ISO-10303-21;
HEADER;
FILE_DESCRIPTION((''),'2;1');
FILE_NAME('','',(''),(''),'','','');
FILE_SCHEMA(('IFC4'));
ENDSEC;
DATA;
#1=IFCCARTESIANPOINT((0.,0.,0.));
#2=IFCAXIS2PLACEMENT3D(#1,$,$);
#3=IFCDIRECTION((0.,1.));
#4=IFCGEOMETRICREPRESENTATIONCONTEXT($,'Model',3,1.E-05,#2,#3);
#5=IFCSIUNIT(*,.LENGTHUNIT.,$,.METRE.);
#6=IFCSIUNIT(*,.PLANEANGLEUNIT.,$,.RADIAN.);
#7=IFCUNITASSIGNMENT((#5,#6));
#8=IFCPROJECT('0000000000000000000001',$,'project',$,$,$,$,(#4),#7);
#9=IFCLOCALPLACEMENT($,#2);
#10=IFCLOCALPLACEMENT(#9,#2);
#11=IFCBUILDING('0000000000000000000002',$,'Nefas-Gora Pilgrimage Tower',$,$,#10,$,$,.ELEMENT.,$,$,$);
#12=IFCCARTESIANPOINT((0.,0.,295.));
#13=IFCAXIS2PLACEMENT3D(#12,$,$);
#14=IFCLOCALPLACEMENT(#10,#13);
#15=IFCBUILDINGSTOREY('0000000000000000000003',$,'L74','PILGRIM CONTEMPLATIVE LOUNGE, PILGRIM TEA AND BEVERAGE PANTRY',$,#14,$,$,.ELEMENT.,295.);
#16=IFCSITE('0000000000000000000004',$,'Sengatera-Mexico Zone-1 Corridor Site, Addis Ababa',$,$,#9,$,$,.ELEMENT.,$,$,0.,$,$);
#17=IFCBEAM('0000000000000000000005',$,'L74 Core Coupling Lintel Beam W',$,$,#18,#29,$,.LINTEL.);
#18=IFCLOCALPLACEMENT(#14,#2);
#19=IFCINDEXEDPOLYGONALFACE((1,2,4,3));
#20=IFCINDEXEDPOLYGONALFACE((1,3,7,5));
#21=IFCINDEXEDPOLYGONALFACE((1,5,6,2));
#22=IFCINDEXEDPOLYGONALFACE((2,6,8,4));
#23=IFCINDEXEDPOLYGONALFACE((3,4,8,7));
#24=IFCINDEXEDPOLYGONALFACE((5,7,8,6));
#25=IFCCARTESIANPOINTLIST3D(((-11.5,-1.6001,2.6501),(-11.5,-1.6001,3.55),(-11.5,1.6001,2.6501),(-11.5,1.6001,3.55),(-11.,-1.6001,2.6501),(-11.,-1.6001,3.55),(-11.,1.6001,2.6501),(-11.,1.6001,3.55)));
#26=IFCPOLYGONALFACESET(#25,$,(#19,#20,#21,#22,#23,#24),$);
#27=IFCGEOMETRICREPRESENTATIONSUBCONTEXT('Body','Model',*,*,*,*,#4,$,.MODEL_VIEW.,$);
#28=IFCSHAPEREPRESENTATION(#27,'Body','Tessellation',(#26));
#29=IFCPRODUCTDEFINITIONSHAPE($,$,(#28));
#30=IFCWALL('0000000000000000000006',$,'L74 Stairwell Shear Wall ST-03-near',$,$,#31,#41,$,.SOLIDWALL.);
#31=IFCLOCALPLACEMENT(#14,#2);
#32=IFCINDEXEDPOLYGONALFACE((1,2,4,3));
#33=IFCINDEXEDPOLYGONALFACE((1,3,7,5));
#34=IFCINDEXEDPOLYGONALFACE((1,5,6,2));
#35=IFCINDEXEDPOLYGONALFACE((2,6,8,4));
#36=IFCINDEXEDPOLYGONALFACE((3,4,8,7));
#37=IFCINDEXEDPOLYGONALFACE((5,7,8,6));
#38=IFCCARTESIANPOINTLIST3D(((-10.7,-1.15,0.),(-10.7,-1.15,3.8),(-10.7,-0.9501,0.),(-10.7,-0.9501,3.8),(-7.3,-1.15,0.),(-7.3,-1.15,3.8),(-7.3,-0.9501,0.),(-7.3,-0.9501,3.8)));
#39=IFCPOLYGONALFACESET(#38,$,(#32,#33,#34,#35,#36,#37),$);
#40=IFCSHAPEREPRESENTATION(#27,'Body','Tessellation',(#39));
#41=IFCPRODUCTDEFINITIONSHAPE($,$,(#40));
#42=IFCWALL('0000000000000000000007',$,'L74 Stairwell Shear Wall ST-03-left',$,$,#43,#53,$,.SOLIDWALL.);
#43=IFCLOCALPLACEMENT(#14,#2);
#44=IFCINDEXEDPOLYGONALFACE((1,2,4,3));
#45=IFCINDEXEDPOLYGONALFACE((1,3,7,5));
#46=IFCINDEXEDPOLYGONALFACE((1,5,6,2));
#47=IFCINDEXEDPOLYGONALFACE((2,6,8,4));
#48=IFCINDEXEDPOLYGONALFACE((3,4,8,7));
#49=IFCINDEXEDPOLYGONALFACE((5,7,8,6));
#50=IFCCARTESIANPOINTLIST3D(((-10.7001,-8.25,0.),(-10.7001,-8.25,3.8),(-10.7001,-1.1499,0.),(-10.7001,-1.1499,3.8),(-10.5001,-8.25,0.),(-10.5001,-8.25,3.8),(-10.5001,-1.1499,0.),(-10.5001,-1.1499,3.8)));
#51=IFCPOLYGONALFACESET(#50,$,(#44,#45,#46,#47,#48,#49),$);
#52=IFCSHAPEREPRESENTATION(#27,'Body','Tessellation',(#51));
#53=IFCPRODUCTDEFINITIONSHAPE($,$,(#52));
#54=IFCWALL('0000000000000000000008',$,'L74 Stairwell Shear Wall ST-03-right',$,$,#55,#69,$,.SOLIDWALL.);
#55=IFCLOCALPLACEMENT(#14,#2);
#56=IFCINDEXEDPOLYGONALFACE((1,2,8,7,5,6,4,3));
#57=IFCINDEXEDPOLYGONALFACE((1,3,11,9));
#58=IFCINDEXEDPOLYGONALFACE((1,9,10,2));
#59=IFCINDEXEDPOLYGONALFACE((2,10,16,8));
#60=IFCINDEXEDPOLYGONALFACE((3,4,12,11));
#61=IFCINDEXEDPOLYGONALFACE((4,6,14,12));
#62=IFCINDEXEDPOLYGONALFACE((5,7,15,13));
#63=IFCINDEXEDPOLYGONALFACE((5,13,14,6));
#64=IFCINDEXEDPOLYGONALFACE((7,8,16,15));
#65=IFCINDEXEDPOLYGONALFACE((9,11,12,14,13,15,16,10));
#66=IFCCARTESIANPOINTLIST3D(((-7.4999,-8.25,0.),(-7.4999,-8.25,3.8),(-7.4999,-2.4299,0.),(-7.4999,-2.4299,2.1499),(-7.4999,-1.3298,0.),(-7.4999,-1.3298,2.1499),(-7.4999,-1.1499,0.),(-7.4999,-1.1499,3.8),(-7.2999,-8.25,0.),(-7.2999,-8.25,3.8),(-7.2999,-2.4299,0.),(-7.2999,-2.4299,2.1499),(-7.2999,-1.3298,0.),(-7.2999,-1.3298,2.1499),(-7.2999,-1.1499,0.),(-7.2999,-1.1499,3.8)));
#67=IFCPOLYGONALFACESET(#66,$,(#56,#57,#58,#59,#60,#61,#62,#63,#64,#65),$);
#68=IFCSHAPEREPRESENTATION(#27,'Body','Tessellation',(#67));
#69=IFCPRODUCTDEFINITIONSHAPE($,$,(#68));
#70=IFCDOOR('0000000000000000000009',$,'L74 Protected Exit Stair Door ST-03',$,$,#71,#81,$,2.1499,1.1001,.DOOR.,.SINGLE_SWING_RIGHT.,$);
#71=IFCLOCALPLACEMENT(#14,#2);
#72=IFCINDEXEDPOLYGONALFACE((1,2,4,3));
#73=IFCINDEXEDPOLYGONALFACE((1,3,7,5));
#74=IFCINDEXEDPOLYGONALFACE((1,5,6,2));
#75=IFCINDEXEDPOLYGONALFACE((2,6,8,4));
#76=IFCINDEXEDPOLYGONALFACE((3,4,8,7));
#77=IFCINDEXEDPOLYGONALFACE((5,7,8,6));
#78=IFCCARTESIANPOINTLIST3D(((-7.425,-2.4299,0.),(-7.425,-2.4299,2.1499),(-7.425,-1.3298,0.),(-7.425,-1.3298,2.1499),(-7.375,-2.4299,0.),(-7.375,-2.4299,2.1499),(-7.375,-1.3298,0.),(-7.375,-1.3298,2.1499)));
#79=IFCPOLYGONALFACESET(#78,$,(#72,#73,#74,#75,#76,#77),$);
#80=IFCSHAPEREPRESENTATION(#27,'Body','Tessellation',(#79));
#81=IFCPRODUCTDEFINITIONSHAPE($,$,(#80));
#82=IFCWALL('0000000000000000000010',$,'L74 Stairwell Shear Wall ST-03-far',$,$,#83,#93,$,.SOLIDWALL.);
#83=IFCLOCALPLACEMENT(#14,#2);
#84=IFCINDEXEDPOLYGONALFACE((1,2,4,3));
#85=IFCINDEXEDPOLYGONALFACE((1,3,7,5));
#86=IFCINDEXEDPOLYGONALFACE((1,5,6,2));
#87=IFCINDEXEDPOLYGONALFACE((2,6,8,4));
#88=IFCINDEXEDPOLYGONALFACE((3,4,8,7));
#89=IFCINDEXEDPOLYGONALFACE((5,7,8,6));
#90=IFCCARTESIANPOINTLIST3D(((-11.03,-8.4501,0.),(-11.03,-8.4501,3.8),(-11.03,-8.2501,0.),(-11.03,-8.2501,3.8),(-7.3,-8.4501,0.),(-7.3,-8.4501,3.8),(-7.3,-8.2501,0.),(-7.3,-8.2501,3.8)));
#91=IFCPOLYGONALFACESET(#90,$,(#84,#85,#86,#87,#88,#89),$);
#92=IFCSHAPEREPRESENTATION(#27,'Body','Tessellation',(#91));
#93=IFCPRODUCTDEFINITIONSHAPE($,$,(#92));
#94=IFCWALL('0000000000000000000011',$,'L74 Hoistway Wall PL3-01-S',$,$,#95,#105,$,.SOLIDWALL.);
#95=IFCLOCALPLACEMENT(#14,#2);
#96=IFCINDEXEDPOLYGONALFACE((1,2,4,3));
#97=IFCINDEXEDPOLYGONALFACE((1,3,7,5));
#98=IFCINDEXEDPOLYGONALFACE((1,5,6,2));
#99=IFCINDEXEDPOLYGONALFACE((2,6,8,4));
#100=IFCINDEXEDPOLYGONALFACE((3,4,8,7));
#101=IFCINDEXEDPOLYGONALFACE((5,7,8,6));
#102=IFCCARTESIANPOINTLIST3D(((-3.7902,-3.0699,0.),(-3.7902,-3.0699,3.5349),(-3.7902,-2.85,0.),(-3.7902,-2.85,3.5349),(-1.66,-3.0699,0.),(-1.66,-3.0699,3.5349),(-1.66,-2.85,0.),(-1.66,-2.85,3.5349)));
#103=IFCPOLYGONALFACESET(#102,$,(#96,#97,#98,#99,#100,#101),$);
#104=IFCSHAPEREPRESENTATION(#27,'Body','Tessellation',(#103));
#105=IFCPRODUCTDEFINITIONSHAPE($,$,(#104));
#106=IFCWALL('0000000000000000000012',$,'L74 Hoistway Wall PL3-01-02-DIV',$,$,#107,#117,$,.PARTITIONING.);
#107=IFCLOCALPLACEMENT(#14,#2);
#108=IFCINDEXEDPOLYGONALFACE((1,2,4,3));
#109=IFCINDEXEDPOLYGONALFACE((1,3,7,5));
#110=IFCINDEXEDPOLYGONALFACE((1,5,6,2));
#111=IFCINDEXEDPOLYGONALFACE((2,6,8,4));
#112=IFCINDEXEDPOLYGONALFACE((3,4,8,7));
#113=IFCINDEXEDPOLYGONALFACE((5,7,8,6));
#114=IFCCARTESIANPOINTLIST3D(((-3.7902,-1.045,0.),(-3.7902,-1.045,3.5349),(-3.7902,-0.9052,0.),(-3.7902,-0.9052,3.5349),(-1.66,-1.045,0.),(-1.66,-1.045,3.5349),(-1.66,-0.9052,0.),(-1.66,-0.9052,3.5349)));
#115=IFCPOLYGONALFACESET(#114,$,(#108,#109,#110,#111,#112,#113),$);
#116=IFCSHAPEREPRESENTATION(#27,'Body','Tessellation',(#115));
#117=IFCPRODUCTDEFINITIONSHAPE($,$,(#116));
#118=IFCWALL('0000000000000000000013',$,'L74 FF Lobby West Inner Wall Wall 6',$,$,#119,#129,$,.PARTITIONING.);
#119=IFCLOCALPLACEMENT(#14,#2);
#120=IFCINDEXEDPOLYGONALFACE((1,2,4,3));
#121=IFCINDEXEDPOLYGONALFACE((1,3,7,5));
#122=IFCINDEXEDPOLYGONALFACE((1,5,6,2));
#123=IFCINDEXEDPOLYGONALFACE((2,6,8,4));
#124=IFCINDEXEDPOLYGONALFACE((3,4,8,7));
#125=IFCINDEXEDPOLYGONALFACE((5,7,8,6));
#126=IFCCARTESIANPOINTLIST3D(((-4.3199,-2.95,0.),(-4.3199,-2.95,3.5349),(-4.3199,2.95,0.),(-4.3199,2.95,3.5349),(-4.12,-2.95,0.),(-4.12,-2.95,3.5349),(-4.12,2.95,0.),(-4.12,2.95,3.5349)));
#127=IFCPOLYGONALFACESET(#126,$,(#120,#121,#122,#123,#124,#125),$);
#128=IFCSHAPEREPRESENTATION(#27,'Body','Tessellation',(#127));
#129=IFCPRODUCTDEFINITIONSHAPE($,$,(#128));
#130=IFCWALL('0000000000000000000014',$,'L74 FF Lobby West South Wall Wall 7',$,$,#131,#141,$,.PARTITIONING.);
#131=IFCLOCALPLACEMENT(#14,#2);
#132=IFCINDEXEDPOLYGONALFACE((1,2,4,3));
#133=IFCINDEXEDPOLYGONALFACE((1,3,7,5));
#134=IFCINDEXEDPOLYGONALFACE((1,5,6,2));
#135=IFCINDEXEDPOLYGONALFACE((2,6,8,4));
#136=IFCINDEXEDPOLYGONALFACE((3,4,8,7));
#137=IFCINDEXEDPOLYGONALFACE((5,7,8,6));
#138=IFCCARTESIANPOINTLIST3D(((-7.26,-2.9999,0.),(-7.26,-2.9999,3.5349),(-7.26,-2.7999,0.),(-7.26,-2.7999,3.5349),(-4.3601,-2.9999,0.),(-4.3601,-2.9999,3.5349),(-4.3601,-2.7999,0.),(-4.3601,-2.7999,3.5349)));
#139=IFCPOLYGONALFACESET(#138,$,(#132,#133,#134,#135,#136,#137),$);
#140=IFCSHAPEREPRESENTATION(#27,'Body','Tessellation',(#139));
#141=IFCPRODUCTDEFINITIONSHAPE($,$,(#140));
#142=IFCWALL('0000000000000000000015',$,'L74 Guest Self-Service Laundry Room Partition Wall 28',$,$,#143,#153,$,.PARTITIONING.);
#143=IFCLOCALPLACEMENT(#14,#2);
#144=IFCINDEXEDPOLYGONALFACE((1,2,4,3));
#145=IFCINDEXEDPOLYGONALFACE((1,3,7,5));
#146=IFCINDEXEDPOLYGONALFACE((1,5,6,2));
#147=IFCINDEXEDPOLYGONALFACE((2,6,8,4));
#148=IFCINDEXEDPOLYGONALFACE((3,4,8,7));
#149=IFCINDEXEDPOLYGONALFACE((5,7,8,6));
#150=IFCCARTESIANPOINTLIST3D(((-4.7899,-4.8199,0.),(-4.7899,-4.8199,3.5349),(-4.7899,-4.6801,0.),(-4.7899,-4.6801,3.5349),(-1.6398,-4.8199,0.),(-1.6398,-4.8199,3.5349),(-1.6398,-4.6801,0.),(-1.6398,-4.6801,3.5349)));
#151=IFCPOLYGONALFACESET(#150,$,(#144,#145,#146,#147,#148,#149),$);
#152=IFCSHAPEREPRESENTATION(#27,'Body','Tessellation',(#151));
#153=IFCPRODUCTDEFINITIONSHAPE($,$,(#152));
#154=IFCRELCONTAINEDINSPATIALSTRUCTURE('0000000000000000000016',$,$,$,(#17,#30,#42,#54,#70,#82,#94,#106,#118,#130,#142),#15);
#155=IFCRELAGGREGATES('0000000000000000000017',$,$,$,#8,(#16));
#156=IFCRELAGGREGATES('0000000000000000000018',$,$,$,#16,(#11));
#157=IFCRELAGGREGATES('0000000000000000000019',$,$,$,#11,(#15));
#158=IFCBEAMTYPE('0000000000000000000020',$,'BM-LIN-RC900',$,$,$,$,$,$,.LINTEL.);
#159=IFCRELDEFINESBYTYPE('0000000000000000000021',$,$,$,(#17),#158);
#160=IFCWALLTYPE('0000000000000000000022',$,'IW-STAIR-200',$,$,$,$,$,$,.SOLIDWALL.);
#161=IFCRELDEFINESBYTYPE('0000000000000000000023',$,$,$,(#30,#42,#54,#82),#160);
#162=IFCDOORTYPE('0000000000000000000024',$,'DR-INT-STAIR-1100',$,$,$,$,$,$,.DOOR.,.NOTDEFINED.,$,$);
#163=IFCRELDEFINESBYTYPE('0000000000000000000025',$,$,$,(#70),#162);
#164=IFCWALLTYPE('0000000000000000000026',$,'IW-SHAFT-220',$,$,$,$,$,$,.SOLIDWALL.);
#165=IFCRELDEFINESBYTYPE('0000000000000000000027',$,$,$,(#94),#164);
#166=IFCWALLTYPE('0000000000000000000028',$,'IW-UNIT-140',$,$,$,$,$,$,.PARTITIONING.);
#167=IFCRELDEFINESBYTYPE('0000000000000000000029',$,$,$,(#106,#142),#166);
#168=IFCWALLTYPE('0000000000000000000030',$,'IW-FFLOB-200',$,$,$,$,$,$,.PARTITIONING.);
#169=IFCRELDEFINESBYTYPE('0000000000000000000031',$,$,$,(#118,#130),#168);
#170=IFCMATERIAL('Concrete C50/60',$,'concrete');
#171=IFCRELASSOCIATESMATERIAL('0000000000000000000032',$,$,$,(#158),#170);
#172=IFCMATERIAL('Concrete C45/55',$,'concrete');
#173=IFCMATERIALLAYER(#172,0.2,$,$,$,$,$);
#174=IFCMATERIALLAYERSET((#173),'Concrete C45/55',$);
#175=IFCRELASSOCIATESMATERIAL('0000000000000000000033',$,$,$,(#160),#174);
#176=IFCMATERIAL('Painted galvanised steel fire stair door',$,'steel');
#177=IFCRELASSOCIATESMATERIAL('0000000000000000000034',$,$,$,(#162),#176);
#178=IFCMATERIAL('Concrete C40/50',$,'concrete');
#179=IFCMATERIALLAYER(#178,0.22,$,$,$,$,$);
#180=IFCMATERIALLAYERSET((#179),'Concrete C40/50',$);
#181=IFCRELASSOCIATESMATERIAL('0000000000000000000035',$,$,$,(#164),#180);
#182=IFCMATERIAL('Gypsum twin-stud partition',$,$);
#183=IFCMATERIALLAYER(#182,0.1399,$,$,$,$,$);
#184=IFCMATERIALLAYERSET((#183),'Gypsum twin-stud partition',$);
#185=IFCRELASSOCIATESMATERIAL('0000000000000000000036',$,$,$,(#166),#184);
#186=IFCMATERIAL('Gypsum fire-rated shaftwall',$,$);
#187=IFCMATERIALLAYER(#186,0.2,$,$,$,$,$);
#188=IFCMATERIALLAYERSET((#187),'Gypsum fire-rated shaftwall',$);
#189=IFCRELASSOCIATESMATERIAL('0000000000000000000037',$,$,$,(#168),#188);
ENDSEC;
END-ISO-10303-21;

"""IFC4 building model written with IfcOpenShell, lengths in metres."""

from ifc_helpers import new_model, si_unit, direction, frame, frame_2d, origin, origin_2d, place, context, subcontext, project, spatial, rectangle, extrude, source, transform, mapped, material, layer, layer_set, material_profile, profile_set, type_object, element, fill, save


model = new_model("IFC4")

# Units and contexts
model_context = context("Model", 3, precision=1e-05, world=origin(), true_north=direction((0.0, 1.0)))
body_context = subcontext(model_context, "Body", "Model", "MODEL_VIEW")
ifc_project = project(units=[si_unit("LENGTHUNIT", "METRE"), si_unit("PLANEANGLEUNIT", "RADIAN")], contexts=[model_context])

# Site, building, storey
site_placement = place(None, origin())
site = spatial("IfcSite", under=ifc_project, at=site_placement, Name="Sengatera-Mexico Zone-1 Corridor Site, Addis Ababa", CompositionType="ELEMENT", RefElevation=0.0)
building_placement = place(site_placement, origin())
building = spatial("IfcBuilding", under=site, at=building_placement, Name="Nefas-Gora Pilgrimage Tower", CompositionType="ELEMENT")
storey_placement = place(building_placement, frame((0.0, 0.0, 295.0)))
storey = spatial("IfcBuildingStorey", under=building, at=storey_placement, Name="L74", Description="PILGRIM CONTEMPLATIVE LOUNGE, PILGRIM TEA AND BEVERAGE PANTRY", CompositionType="ELEMENT", Elevation=295.0)

# Beam
ifc_material_1 = material(Name="Concrete C50/60", Category="concrete")
ifc_material_profile = material_profile(ifc_material_1, rectangle(XDim=0.5, YDim=0.8999, at=origin_2d()), Name="RC 500x900")
ifc_profile_set = profile_set([ifc_material_profile], Name="Concrete C50/60")
beam_type = type_object("IfcBeamType", Name="BM-LIN-RC900", PredefinedType="LINTEL", material=ifc_profile_set)
shared_shape_1 = source(origin(), body_context, "Body", "SweptSolid", [
    extrude(rectangle(XDim=0.5, YDim=0.8999, at=origin_2d()), origin(), (0.0, 0.0, 1.0), 3.2002),
])
beam_placement = place(storey_placement, frame((-11.25, -1.6001, 3.1001), z_axis=(0.0, 1.0, 0.0), x_axis=(-1.0, 0.0, 0.0)))
element("IfcBeam", 1, at=beam_placement, inside=storey, type_object=beam_type, Name="L74 Core Coupling Lintel Beam W", PredefinedType="LINTEL", context=body_context, shape_type="MappedRepresentation", body=[
    mapped(shared_shape_1, transform((0.0, 0.0, 0.0), x_axis=(1.0, 0.0, 0.0), y_axis=(0.0, 1.0, 0.0), z_axis=(0.0, 0.0, 1.0), scale=1.0)),
])

# Walls
ifc_material_2 = material(Name="Concrete C45/55", Category="concrete")
ifc_layer_1 = layer(ifc_material_2, 0.2)
ifc_layer_set_1 = layer_set([ifc_layer_1], Name="Concrete C45/55")
wall_type_1 = type_object("IfcWallType", Name="IW-STAIR-200", PredefinedType="SOLIDWALL", material=ifc_layer_set_1)
shared_shape_2 = source(origin(), body_context, "Body", "SweptSolid", [
    extrude(rectangle(XDim=3.3999, YDim=0.2, at=frame_2d((1.7, 0.0))), origin(), (0.0, 0.0, 1.0), 3.8),
])
wall_1_placement = place(storey_placement, frame((-10.7, -1.05, 0.0), z_axis=(0.0, 0.0, 1.0), x_axis=(1.0, 0.0, 0.0)))
element("IfcWall", 2, at=wall_1_placement, inside=storey, type_object=wall_type_1, Name="L74 Stairwell Shear Wall ST-03-near", PredefinedType="SOLIDWALL", context=body_context, shape_type="MappedRepresentation", body=[
    mapped(shared_shape_2, transform((0.0, 0.0, 0.0), x_axis=(1.0, 0.0, 0.0), y_axis=(0.0, 1.0, 0.0), z_axis=(0.0, 0.0, 1.0), scale=1.0)),
])
shared_shape_3 = source(origin(), body_context, "Body", "SweptSolid", [
    extrude(rectangle(XDim=7.1001, YDim=0.2, at=frame_2d((3.55, 0.0))), origin(), (0.0, 0.0, 1.0), 3.8),
])
wall_2_placement = place(storey_placement, frame((-10.6001, -1.1499, 0.0), z_axis=(0.0, 0.0, 1.0), x_axis=(0.0, -1.0, 0.0)))
element("IfcWall", 3, at=wall_2_placement, inside=storey, type_object=wall_type_1, Name="L74 Stairwell Shear Wall ST-03-left", PredefinedType="SOLIDWALL", context=body_context, shape_type="MappedRepresentation", body=[
    mapped(shared_shape_3, transform((0.0, 0.0, 0.0), x_axis=(1.0, 0.0, 0.0), y_axis=(0.0, 1.0, 0.0), z_axis=(0.0, 0.0, 1.0), scale=1.0)),
])

# Wall, opening, door
wall_3_placement = place(storey_placement, frame((-7.3999, -1.1499, 0.0), z_axis=(0.0, 0.0, 1.0), x_axis=(0.0, -1.0, 0.0)))
wall_3 = element("IfcWall", 4, at=wall_3_placement, inside=storey, type_object=wall_type_1, Name="L74 Stairwell Shear Wall ST-03-right", PredefinedType="SOLIDWALL", context=body_context, shape_type="MappedRepresentation", body=[
    mapped(shared_shape_3, transform((0.0, 0.0, 0.0), x_axis=(1.0, 0.0, 0.0), y_axis=(0.0, 1.0, 0.0), z_axis=(0.0, 0.0, 1.0), scale=1.0)),
])
opening_placement = place(wall_3_placement, frame((0.1799, 0.0, 0.0)))
opening = element("IfcOpeningElement", 5, at=opening_placement, cuts=wall_3, PredefinedType="OPENING", context=body_context, shape_type="SweptSolid", body=[
    extrude(rectangle(XDim=1.1001, YDim=2.1499, at=frame_2d((0.55, 1.075))), frame((0.0, 0.1099, 0.0), z_axis=(0.0, -1.0, 0.0), x_axis=(1.0, 0.0, 0.0)), (0.0, 0.0, 1.0), 0.22),
])
ifc_material_3 = material(Name="Painted galvanised steel fire stair door", Category="steel")
door_type = type_object("IfcDoorType", Name="DR-INT-STAIR-1100", OperationType="NOTDEFINED", PredefinedType="DOOR", material=ifc_material_3)
shared_shape_4 = source(origin(), body_context, "Body", "SweptSolid", [
    extrude(rectangle(XDim=1.1001, YDim=2.1499, at=frame_2d((0.55, 1.075))), frame((0.0, 0.0249, 0.0), z_axis=(0.0, -1.0, 0.0), x_axis=(1.0, 0.0, 0.0)), (0.0, 0.0, 1.0), 0.05),
])
door_placement = place(opening_placement, origin())
door = element("IfcDoor", 6, at=door_placement, inside=storey, type_object=door_type, Name="L74 Protected Exit Stair Door ST-03", OperationType="SINGLE_SWING_RIGHT", OverallHeight=2.1499, OverallWidth=1.1001, PredefinedType="DOOR", context=body_context, shape_type="MappedRepresentation", body=[
    mapped(shared_shape_4, transform((0.0, 0.0, 0.0), x_axis=(1.0, 0.0, 0.0), y_axis=(0.0, 1.0, 0.0), z_axis=(0.0, 0.0, 1.0), scale=1.0)),
])
fill(opening, door)

# Walls
shared_shape_5 = source(origin(), body_context, "Body", "SweptSolid", [
    extrude(rectangle(XDim=3.73, YDim=0.2, at=frame_2d((1.865, 0.0))), origin(), (0.0, 0.0, 1.0), 3.8),
])
wall_4_placement = place(storey_placement, frame((-11.03, -8.3501, 0.0), z_axis=(0.0, 0.0, 1.0), x_axis=(1.0, 0.0, 0.0)))
element("IfcWall", 7, at=wall_4_placement, inside=storey, type_object=wall_type_1, Name="L74 Stairwell Shear Wall ST-03-far", PredefinedType="SOLIDWALL", context=body_context, shape_type="MappedRepresentation", body=[
    mapped(shared_shape_5, transform((0.0, 0.0, 0.0), x_axis=(1.0, 0.0, 0.0), y_axis=(0.0, 1.0, 0.0), z_axis=(0.0, 0.0, 1.0), scale=1.0)),
])
ifc_material_4 = material(Name="Concrete C40/50", Category="concrete")
ifc_layer_2 = layer(ifc_material_4, 0.22)
ifc_layer_set_2 = layer_set([ifc_layer_2], Name="Concrete C40/50")
wall_type_2 = type_object("IfcWallType", Name="IW-SHAFT-220", PredefinedType="SOLIDWALL", material=ifc_layer_set_2)
shared_shape_6 = source(origin(), body_context, "Body", "SweptSolid", [
    extrude(rectangle(XDim=2.1301, YDim=0.22, at=frame_2d((1.0649, 0.0))), origin(), (0.0, 0.0, 1.0), 3.5349),
])
wall_5_placement = place(storey_placement, frame((-3.79, -2.96, 0.0), z_axis=(0.0, 0.0, 1.0), x_axis=(1.0, 0.0, 0.0)))
element("IfcWall", 8, at=wall_5_placement, inside=storey, type_object=wall_type_2, Name="L74 Hoistway Wall PL3-01-S", PredefinedType="SOLIDWALL", context=body_context, shape_type="MappedRepresentation", body=[
    mapped(shared_shape_6, transform((0.0, 0.0, 0.0), x_axis=(1.0, 0.0, 0.0), y_axis=(0.0, 1.0, 0.0), z_axis=(0.0, 0.0, 1.0), scale=1.0)),
])
ifc_material_5 = material(Name="Gypsum twin-stud partition")
ifc_layer_3 = layer(ifc_material_5, 0.1399)
ifc_layer_set_3 = layer_set([ifc_layer_3], Name="Gypsum twin-stud partition")
wall_type_3 = type_object("IfcWallType", Name="IW-UNIT-140", PredefinedType="PARTITIONING", material=ifc_layer_set_3)
shared_shape_7 = source(origin(), body_context, "Body", "SweptSolid", [
    extrude(rectangle(XDim=2.1301, YDim=0.1399, at=frame_2d((1.0649, 0.0))), origin(), (0.0, 0.0, 1.0), 3.5349),
])
wall_6_placement = place(storey_placement, frame((-3.79, -0.9751, 0.0), z_axis=(0.0, 0.0, 1.0), x_axis=(1.0, 0.0, 0.0)))
element("IfcWall", 9, at=wall_6_placement, inside=storey, type_object=wall_type_3, Name="L74 Hoistway Wall PL3-01-02-DIV", PredefinedType="PARTITIONING", context=body_context, shape_type="MappedRepresentation", body=[
    mapped(shared_shape_7, transform((0.0, 0.0, 0.0), x_axis=(1.0, 0.0, 0.0), y_axis=(0.0, 1.0, 0.0), z_axis=(0.0, 0.0, 1.0), scale=1.0)),
])
ifc_material_6 = material(Name="Gypsum fire-rated shaftwall")
ifc_layer_4 = layer(ifc_material_6, 0.2)
ifc_layer_set_4 = layer_set([ifc_layer_4], Name="Gypsum fire-rated shaftwall")
wall_type_4 = type_object("IfcWallType", Name="IW-FFLOB-200", PredefinedType="PARTITIONING", material=ifc_layer_set_4)
shared_shape_8 = source(origin(), body_context, "Body", "SweptSolid", [
    extrude(rectangle(XDim=5.8999, YDim=0.2, at=frame_2d((2.95, 0.0))), origin(), (0.0, 0.0, 1.0), 3.5349),
])
wall_7_placement = place(storey_placement, frame((-4.22, -2.95, 0.0), z_axis=(0.0, 0.0, 1.0), x_axis=(0.0, 1.0, 0.0)))
element("IfcWall", 10, at=wall_7_placement, inside=storey, type_object=wall_type_4, Name="L74 FF Lobby West Inner Wall Wall 6", PredefinedType="PARTITIONING", context=body_context, shape_type="MappedRepresentation", body=[
    mapped(shared_shape_8, transform((0.0, 0.0, 0.0), x_axis=(1.0, 0.0, 0.0), y_axis=(0.0, 1.0, 0.0), z_axis=(0.0, 0.0, 1.0), scale=1.0)),
])
shared_shape_9 = source(origin(), body_context, "Body", "SweptSolid", [
    extrude(rectangle(XDim=2.8999, YDim=0.2, at=frame_2d((1.45, 0.0))), origin(), (0.0, 0.0, 1.0), 3.5349),
])
wall_8_placement = place(storey_placement, frame((-7.26, -2.8999, 0.0), z_axis=(0.0, 0.0, 1.0), x_axis=(1.0, 0.0, 0.0)))
element("IfcWall", 11, at=wall_8_placement, inside=storey, type_object=wall_type_4, Name="L74 FF Lobby West South Wall Wall 7", PredefinedType="PARTITIONING", context=body_context, shape_type="MappedRepresentation", body=[
    mapped(shared_shape_9, transform((0.0, 0.0, 0.0), x_axis=(1.0, 0.0, 0.0), y_axis=(0.0, 1.0, 0.0), z_axis=(0.0, 0.0, 1.0), scale=1.0)),
])
shared_shape_10 = source(origin(), body_context, "Body", "SweptSolid", [
    extrude(rectangle(XDim=3.1501, YDim=0.1399, at=frame_2d((1.5752, 0.0))), origin(), (0.0, 0.0, 1.0), 3.5349),
])
wall_9_placement = place(storey_placement, frame((-4.79, -4.75, 0.0), z_axis=(0.0, 0.0, 1.0), x_axis=(1.0, 0.0, 0.0)))
element("IfcWall", 12, at=wall_9_placement, inside=storey, type_object=wall_type_3, Name="L74 Guest Self-Service Laundry Room Partition Wall 28", PredefinedType="PARTITIONING", context=body_context, shape_type="MappedRepresentation", body=[
    mapped(shared_shape_10, transform((0.0, 0.0, 0.0), x_axis=(1.0, 0.0, 0.0), y_axis=(0.0, 1.0, 0.0), z_axis=(0.0, 0.0, 1.0), scale=1.0)),
])

save(model, "model.ifc")
